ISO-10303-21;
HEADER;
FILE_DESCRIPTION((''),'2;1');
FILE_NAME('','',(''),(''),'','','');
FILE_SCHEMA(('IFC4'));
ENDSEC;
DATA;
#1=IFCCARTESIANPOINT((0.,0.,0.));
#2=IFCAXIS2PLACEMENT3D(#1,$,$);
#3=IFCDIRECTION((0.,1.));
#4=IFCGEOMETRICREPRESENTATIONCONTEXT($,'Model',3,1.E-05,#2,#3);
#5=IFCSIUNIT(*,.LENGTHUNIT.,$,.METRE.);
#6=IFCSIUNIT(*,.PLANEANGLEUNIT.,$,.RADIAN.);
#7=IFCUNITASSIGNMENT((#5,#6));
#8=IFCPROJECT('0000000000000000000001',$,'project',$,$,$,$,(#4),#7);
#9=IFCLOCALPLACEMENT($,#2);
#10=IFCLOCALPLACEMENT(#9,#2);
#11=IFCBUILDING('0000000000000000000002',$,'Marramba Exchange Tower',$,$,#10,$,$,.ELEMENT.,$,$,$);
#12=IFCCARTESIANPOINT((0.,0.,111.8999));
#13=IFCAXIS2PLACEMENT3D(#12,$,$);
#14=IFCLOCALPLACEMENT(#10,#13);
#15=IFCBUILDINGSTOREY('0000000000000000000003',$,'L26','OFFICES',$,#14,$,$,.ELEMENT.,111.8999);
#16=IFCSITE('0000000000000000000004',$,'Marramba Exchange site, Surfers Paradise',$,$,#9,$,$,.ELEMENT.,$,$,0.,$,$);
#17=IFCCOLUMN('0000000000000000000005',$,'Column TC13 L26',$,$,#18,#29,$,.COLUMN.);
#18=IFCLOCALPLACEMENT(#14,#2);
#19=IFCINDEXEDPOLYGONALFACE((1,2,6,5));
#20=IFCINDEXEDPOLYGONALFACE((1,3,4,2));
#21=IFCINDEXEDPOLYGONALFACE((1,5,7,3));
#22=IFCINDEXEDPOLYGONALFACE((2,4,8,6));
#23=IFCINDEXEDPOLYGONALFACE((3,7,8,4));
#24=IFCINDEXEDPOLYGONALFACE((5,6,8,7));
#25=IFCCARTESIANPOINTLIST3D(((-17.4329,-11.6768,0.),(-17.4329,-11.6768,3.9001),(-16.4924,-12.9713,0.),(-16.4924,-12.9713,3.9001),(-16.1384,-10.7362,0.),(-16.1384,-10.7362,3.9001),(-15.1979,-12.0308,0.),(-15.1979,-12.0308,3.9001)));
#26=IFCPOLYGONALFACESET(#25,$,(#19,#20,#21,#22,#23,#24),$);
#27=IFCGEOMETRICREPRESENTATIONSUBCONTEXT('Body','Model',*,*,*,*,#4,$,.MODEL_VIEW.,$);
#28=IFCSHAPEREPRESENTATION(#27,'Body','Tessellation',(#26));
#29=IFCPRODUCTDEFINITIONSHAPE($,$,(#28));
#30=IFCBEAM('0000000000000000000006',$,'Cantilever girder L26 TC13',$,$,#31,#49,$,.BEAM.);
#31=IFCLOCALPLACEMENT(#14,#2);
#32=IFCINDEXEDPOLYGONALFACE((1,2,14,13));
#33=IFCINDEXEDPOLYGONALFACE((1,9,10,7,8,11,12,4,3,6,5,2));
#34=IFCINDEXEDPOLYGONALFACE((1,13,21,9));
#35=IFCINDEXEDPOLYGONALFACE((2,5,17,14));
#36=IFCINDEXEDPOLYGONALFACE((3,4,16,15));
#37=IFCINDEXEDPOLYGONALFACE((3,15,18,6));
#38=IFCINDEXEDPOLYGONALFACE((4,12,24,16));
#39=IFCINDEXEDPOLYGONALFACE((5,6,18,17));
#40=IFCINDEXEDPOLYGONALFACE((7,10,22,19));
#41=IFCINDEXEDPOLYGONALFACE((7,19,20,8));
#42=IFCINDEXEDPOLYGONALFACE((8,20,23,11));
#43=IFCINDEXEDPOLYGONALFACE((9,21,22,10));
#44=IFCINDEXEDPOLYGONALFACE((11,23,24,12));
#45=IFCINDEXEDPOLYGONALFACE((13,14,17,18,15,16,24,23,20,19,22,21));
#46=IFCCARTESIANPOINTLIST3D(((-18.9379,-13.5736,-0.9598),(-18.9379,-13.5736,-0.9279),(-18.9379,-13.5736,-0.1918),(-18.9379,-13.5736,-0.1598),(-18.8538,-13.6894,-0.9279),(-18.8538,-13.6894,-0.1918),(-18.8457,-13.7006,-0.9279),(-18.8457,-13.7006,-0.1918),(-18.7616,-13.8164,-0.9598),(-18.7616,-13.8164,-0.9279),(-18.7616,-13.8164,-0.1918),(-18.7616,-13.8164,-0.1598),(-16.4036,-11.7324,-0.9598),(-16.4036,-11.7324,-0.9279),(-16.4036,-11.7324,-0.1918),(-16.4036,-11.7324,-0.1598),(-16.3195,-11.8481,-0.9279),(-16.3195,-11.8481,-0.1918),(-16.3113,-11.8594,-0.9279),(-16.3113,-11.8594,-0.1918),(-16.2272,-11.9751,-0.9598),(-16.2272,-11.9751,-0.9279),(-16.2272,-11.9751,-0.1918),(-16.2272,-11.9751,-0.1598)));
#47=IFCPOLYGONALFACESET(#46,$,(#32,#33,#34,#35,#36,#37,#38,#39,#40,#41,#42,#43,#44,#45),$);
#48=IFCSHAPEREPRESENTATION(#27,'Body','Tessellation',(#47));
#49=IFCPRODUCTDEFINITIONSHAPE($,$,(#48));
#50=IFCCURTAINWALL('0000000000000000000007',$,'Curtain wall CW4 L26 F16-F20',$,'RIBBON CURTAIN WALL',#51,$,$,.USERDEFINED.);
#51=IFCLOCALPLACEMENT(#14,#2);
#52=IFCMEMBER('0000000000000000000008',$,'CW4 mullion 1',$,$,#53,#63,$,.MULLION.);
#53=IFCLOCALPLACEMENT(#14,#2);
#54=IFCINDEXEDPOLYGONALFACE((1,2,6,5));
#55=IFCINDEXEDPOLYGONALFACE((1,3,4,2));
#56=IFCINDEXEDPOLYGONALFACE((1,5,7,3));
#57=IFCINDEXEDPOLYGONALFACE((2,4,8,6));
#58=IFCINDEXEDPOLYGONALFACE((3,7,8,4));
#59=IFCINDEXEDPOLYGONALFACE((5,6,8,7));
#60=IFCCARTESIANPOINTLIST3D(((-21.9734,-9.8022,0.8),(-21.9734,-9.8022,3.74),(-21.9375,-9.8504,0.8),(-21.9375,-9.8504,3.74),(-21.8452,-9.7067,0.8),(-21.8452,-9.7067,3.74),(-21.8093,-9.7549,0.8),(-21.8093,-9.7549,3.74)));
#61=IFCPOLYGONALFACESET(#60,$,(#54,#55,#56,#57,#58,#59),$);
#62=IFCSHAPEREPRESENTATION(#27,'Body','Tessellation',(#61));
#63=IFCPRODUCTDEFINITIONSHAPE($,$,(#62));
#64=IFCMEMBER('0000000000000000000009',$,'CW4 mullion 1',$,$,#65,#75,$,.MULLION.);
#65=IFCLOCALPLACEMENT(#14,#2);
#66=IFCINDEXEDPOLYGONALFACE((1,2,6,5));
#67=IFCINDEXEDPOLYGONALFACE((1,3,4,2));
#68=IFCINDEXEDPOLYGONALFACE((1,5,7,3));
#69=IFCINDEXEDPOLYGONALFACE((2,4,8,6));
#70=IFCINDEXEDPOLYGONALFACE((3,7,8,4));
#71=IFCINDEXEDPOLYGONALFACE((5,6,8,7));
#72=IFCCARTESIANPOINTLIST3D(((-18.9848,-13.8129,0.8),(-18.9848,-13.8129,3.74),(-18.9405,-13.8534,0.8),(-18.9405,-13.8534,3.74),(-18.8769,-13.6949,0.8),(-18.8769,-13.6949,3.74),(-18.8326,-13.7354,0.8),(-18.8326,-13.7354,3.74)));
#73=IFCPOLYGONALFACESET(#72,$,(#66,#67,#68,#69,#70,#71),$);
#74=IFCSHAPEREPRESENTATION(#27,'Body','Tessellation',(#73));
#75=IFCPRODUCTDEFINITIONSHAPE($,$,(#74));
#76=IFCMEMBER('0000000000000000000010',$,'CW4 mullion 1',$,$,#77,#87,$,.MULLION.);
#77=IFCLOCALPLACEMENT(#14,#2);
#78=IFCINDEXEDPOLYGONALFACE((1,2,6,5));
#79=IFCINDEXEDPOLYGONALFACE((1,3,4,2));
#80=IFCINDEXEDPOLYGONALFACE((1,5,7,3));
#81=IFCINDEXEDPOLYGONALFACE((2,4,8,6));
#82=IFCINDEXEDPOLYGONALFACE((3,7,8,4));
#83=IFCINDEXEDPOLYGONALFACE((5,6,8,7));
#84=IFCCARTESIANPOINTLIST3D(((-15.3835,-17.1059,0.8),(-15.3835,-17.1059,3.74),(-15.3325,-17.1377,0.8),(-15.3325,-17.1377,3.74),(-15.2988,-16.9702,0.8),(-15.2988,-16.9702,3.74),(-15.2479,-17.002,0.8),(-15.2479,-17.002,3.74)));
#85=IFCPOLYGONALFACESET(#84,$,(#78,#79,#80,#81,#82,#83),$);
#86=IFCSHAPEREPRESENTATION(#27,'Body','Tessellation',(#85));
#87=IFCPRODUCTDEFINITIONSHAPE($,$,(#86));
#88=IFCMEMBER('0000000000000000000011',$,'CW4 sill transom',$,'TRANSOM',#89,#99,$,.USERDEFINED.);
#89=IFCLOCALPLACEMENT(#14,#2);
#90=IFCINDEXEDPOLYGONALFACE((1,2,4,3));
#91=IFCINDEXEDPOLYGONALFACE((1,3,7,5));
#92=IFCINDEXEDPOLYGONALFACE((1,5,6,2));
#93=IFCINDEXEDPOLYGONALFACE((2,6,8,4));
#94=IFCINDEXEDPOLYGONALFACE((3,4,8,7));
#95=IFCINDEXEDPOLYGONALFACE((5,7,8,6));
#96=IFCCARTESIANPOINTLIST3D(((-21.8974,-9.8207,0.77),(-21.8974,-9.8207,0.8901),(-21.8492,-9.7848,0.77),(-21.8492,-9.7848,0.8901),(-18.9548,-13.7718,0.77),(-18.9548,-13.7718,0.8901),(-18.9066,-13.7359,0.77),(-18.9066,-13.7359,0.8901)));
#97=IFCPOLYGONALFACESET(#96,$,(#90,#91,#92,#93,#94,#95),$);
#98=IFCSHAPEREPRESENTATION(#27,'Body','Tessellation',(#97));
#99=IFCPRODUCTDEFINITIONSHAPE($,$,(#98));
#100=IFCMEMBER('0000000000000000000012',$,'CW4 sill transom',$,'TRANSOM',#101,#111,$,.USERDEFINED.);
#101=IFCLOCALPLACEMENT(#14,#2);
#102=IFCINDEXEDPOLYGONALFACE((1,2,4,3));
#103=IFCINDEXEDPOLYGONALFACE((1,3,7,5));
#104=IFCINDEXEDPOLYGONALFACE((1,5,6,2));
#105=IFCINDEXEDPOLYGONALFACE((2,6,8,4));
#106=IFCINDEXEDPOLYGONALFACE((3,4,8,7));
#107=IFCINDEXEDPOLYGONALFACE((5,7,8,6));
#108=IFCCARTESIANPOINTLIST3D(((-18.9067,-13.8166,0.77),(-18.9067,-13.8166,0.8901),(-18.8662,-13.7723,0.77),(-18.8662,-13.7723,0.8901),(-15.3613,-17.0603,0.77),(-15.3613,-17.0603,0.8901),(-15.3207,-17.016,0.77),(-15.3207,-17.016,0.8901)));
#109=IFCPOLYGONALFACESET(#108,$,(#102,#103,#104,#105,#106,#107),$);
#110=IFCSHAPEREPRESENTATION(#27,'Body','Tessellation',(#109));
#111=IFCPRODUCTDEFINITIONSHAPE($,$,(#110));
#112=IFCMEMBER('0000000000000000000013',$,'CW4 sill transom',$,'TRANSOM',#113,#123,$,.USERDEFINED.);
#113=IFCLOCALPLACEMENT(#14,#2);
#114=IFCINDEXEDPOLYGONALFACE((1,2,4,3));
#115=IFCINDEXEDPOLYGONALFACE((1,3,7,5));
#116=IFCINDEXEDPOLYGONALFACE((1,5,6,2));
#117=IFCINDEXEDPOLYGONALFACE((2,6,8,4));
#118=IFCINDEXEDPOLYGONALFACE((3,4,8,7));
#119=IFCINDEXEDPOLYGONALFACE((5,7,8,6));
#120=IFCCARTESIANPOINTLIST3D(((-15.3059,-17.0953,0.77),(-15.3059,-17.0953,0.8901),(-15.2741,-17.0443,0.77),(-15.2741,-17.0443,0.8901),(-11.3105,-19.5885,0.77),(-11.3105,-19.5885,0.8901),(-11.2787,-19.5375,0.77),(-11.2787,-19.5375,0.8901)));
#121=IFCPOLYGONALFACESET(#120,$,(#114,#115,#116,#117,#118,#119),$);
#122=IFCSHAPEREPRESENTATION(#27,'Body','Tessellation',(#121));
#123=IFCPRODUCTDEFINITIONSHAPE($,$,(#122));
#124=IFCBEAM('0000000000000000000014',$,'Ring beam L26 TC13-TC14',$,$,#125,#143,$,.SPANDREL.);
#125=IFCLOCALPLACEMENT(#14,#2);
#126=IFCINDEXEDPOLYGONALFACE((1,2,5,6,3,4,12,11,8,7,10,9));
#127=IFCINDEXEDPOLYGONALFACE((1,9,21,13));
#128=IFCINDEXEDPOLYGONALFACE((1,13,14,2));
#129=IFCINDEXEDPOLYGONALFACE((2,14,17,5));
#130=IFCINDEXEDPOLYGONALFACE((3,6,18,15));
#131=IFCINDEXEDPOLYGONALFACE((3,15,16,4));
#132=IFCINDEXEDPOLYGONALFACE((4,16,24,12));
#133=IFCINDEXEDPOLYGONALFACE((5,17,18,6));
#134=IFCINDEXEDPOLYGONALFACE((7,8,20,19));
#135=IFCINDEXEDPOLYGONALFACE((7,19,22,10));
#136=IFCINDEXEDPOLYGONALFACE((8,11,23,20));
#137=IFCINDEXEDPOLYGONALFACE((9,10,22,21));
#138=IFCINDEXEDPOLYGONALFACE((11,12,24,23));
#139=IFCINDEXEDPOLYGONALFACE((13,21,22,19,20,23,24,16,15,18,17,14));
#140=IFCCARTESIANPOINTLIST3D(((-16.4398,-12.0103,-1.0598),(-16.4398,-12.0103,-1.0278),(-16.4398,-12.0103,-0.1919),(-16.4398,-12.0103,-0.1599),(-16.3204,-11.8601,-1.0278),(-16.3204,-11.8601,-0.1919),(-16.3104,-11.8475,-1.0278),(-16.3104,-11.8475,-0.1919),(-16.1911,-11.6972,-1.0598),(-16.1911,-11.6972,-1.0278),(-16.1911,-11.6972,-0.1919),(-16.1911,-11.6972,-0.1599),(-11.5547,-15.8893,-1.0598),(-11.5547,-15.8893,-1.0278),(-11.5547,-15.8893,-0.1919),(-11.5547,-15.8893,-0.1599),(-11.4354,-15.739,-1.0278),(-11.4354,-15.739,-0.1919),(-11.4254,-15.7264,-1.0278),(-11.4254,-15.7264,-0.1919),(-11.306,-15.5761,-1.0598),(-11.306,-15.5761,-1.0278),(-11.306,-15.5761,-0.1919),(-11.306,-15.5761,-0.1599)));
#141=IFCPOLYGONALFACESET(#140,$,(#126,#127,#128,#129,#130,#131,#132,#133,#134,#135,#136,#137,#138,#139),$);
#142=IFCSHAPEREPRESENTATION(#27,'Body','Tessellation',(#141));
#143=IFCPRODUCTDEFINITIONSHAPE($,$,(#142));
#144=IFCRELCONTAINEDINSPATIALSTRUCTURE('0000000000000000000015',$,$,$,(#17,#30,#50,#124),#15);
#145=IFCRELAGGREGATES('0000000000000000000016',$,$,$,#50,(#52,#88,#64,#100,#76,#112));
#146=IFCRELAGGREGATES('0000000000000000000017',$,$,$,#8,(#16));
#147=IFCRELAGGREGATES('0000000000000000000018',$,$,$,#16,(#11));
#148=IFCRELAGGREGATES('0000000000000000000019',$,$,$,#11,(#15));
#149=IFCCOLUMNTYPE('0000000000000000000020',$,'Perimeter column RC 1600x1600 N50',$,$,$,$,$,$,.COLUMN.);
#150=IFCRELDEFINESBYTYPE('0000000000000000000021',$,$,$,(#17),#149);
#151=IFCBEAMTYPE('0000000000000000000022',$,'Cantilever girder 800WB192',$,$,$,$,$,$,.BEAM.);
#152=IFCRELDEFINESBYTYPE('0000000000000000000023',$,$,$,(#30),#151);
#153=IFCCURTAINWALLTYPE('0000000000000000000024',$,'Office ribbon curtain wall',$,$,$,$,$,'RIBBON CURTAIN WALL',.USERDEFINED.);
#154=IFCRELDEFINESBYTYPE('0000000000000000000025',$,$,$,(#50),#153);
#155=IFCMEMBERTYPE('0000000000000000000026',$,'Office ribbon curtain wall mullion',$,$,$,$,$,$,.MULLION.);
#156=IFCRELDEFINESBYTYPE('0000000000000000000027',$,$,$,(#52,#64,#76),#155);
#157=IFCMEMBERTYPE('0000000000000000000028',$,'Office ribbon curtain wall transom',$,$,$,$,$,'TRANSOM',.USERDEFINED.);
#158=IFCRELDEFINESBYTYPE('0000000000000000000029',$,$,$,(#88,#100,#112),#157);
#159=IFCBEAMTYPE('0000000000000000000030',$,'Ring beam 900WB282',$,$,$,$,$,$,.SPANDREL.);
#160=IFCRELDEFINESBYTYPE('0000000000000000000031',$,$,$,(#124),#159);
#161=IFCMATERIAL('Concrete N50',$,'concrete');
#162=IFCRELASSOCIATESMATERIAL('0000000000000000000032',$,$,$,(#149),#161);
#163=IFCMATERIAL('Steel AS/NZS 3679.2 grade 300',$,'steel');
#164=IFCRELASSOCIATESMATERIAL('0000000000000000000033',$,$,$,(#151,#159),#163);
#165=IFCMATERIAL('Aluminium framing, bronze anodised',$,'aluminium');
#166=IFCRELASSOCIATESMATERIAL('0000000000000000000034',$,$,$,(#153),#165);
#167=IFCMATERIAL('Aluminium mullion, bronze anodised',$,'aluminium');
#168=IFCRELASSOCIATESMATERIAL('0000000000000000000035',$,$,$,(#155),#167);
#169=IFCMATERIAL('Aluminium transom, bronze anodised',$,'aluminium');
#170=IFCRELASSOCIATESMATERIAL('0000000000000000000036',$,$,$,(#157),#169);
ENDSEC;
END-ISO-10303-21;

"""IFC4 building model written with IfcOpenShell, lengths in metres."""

from ifc_helpers import new_model, si_unit, direction, frame, origin, origin_2d, place, context, subcontext, project, spatial, rectangle, i_section, extrude, material, material_profile, profile_set, type_object, element, aggregate, save


model = new_model("IFC4")

# Units and contexts
model_context = context("Model", 3, precision=1e-05, world=origin(), true_north=direction((0.0, 1.0)))
body_context = subcontext(model_context, "Body", "Model", "MODEL_VIEW")
ifc_project = project(units=[si_unit("LENGTHUNIT", "METRE"), si_unit("PLANEANGLEUNIT", "RADIAN")], contexts=[model_context])

# Site, building, storey
site_placement = place(None, origin())
site = spatial("IfcSite", under=ifc_project, at=site_placement, Name="Marramba Exchange site, Surfers Paradise", CompositionType="ELEMENT", RefElevation=0.0)
building_placement = place(site_placement, origin())
building = spatial("IfcBuilding", under=site, at=building_placement, Name="Marramba Exchange Tower", CompositionType="ELEMENT")
storey_placement = place(building_placement, frame((0.0, 0.0, 111.8999)))
storey = spatial("IfcBuildingStorey", under=building, at=storey_placement, Name="L26", Description="OFFICES", CompositionType="ELEMENT", Elevation=111.8999)

# Column
ifc_material_1 = material(Name="Concrete N50", Category="concrete")
ifc_material_profile_1 = material_profile(ifc_material_1, rectangle(XDim=1.6001, YDim=1.6001, at=origin_2d()), Name="RC 1600x1600")
ifc_profile_set_1 = profile_set([ifc_material_profile_1], Name="Concrete N50")
column_type = type_object("IfcColumnType", Name="Perimeter column RC 1600x1600 N50", PredefinedType="COLUMN", material=ifc_profile_set_1)
column_placement = place(storey_placement, frame((-16.3154, -11.8538, 0.0), z_axis=(0.0, 0.0, 1.0), x_axis=(-0.809017, -0.587785, 0.0)))
element("IfcColumn", 1, at=column_placement, inside=storey, type_object=column_type, Name="Column TC13 L26", PredefinedType="COLUMN", context=body_context, shape_type="SweptSolid", body=[
    extrude(rectangle(XDim=1.6001, YDim=1.6001, at=origin_2d()), origin(), (0.0, 0.0, 1.0), 3.9001),
])

# Beam
ifc_material_2 = material(Name="Steel AS/NZS 3679.2 grade 300", Category="steel")
ifc_material_profile_2 = material_profile(ifc_material_2, i_section(OverallWidth=0.3, OverallDepth=0.8, WebThickness=0.0139, FlangeThickness=0.032, at=origin_2d()), Name="800WB192")
ifc_profile_set_2 = profile_set([ifc_material_profile_2], Name="Steel AS/NZS 3679.2 grade 300")
beam_type_1 = type_object("IfcBeamType", Name="Cantilever girder 800WB192", PredefinedType="BEAM", material=ifc_profile_set_2)
beam_1_placement = place(storey_placement, frame((-16.3154, -11.8538, -0.5598), z_axis=(-0.809026, -0.587773, 0.0), x_axis=(0.587773, -0.809026, 0.0)))
element("IfcBeam", 2, at=beam_1_placement, inside=storey, type_object=beam_type_1, Name="Cantilever girder L26 TC13", PredefinedType="BEAM", context=body_context, shape_type="SweptSolid", body=[
    extrude(i_section(OverallWidth=0.3, OverallDepth=0.8, WebThickness=0.0139, FlangeThickness=0.032, at=origin_2d()), origin(), (0.0, 0.0, 1.0), 3.1326),
])

# Curtain wall, members
ifc_material_3 = material(Name="Aluminium framing, bronze anodised", Category="aluminium")
curtain_wall_type = type_object("IfcCurtainWallType", Name="Office ribbon curtain wall", ElementType="RIBBON CURTAIN WALL", PredefinedType="USERDEFINED", material=ifc_material_3)
curtain_wall_placement = place(storey_placement, origin())
curtain_wall = element("IfcCurtainWall", 3, at=curtain_wall_placement, inside=storey, type_object=curtain_wall_type, Name="Curtain wall CW4 L26 F16-F20", ObjectType="RIBBON CURTAIN WALL", PredefinedType="USERDEFINED")
ifc_material_4 = material(Name="Aluminium mullion, bronze anodised", Category="aluminium")
ifc_material_profile_3 = material_profile(ifc_material_4, rectangle(XDim=0.1599, YDim=0.0601, at=origin_2d()), Name="CW4 mullion 60x160")
ifc_profile_set_3 = profile_set([ifc_material_profile_3], Name="Aluminium mullion, bronze anodised")
member_type_1 = type_object("IfcMemberType", Name="Office ribbon curtain wall mullion", PredefinedType="MULLION", material=ifc_profile_set_3)
member_1_placement = place(storey_placement, frame((-21.8914, -9.7786, 0.8), z_axis=(0.0, 0.0, 1.0), x_axis=(0.802014, 0.597305, 0.0)))
member_1 = element("IfcMember", 4, at=member_1_placement, type_object=member_type_1, Name="CW4 mullion 1", PredefinedType="MULLION", context=body_context, shape_type="SweptSolid", body=[
    extrude(rectangle(XDim=0.1599, YDim=0.0601, at=origin_2d()), origin(), (0.0, 0.0, 1.0), 2.9399),
])
member_2_placement = place(storey_placement, frame((-18.9087, -13.7742, 0.8), z_axis=(0.0, 0.0, 1.0), x_axis=(0.674995, 0.737822, 0.0)))
member_2 = element("IfcMember", 5, at=member_2_placement, type_object=member_type_1, Name="CW4 mullion 1", PredefinedType="MULLION", context=body_context, shape_type="SweptSolid", body=[
    extrude(rectangle(XDim=0.1599, YDim=0.0601, at=origin_2d()), origin(), (0.0, 0.0, 1.0), 2.9399),
])
member_3_placement = place(storey_placement, frame((-15.3157, -17.054, 0.8), z_axis=(0.0, 0.0, 1.0), x_axis=(0.529428, 0.848355, 0.0)))
member_3 = element("IfcMember", 6, at=member_3_placement, type_object=member_type_1, Name="CW4 mullion 1", PredefinedType="MULLION", context=body_context, shape_type="SweptSolid", body=[
    extrude(rectangle(XDim=0.1599, YDim=0.0601, at=origin_2d()), origin(), (0.0, 0.0, 1.0), 2.9399),
])
ifc_material_5 = material(Name="Aluminium transom, bronze anodised", Category="aluminium")
ifc_material_profile_4 = material_profile(ifc_material_5, rectangle(XDim=0.0601, YDim=0.1201, at=origin_2d()), Name="CW4 transom 60x120")
ifc_profile_set_4 = profile_set([ifc_material_profile_4], Name="Aluminium transom, bronze anodised")
member_type_2 = type_object("IfcMemberType", Name="Office ribbon curtain wall transom", ElementType="TRANSOM", PredefinedType="USERDEFINED", material=ifc_profile_set_4)
member_4_placement = place(storey_placement, frame((-21.8733, -9.8027, 0.8301), z_axis=(0.597301, -0.802017, 0.0), x_axis=(0.802017, 0.597301, 0.0)))
member_4 = element("IfcMember", 7, at=member_4_placement, type_object=member_type_2, Name="CW4 sill transom", ObjectType="TRANSOM", PredefinedType="USERDEFINED", context=body_context, shape_type="SweptSolid", body=[
    extrude(rectangle(XDim=0.0601, YDim=0.1201, at=origin_2d()), origin(), (0.0, 0.0, 1.0), 4.9265),
])
member_5_placement = place(storey_placement, frame((-18.8865, -13.7944, 0.8301), z_axis=(0.737808, -0.675011, 0.0), x_axis=(0.675011, 0.737808, 0.0)))
member_5 = element("IfcMember", 8, at=member_5_placement, type_object=member_type_2, Name="CW4 sill transom", ObjectType="TRANSOM", PredefinedType="USERDEFINED", context=body_context, shape_type="SweptSolid", body=[
    extrude(rectangle(XDim=0.0601, YDim=0.1201, at=origin_2d()), origin(), (0.0, 0.0, 1.0), 4.8054),
])
member_6_placement = place(storey_placement, frame((-15.29, -17.0698, 0.8301), z_axis=(0.848374, -0.529398, 0.0), x_axis=(0.529398, 0.848374, 0.0)))
member_6 = element("IfcMember", 9, at=member_6_placement, type_object=member_type_2, Name="CW4 sill transom", ObjectType="TRANSOM", PredefinedType="USERDEFINED", context=body_context, shape_type="SweptSolid", body=[
    extrude(rectangle(XDim=0.0601, YDim=0.1201, at=origin_2d()), origin(), (0.0, 0.0, 1.0), 4.7095),
])

# Beam
ifc_material_profile_5 = material_profile(ifc_material_2, i_section(OverallWidth=0.3999, OverallDepth=0.8999, WebThickness=0.0161, FlangeThickness=0.032, at=origin_2d()), Name="900WB282")
ifc_profile_set_5 = profile_set([ifc_material_profile_5], Name="Steel AS/NZS 3679.2 grade 300")
beam_type_2 = type_object("IfcBeamType", Name="Ring beam 900WB282", PredefinedType="SPANDREL", material=ifc_profile_set_5)
beam_2_placement = place(storey_placement, frame((-16.3154, -11.8538, -0.6099), z_axis=(0.783139, -0.621846, 0.0), x_axis=(0.621846, 0.783139, 0.0)))
element("IfcBeam", 10, at=beam_2_placement, inside=storey, type_object=beam_type_2, Name="Ring beam L26 TC13-TC14", PredefinedType="SPANDREL", context=body_context, shape_type="SweptSolid", body=[
    extrude(i_section(OverallWidth=0.3999, OverallDepth=0.8999, WebThickness=0.0161, FlangeThickness=0.032, at=origin_2d()), origin(), (0.0, 0.0, 1.0), 6.2378),
])

aggregate(curtain_wall, [member_1, member_4, member_2, member_5, member_3, member_6])

save(model, "model.ifc")
